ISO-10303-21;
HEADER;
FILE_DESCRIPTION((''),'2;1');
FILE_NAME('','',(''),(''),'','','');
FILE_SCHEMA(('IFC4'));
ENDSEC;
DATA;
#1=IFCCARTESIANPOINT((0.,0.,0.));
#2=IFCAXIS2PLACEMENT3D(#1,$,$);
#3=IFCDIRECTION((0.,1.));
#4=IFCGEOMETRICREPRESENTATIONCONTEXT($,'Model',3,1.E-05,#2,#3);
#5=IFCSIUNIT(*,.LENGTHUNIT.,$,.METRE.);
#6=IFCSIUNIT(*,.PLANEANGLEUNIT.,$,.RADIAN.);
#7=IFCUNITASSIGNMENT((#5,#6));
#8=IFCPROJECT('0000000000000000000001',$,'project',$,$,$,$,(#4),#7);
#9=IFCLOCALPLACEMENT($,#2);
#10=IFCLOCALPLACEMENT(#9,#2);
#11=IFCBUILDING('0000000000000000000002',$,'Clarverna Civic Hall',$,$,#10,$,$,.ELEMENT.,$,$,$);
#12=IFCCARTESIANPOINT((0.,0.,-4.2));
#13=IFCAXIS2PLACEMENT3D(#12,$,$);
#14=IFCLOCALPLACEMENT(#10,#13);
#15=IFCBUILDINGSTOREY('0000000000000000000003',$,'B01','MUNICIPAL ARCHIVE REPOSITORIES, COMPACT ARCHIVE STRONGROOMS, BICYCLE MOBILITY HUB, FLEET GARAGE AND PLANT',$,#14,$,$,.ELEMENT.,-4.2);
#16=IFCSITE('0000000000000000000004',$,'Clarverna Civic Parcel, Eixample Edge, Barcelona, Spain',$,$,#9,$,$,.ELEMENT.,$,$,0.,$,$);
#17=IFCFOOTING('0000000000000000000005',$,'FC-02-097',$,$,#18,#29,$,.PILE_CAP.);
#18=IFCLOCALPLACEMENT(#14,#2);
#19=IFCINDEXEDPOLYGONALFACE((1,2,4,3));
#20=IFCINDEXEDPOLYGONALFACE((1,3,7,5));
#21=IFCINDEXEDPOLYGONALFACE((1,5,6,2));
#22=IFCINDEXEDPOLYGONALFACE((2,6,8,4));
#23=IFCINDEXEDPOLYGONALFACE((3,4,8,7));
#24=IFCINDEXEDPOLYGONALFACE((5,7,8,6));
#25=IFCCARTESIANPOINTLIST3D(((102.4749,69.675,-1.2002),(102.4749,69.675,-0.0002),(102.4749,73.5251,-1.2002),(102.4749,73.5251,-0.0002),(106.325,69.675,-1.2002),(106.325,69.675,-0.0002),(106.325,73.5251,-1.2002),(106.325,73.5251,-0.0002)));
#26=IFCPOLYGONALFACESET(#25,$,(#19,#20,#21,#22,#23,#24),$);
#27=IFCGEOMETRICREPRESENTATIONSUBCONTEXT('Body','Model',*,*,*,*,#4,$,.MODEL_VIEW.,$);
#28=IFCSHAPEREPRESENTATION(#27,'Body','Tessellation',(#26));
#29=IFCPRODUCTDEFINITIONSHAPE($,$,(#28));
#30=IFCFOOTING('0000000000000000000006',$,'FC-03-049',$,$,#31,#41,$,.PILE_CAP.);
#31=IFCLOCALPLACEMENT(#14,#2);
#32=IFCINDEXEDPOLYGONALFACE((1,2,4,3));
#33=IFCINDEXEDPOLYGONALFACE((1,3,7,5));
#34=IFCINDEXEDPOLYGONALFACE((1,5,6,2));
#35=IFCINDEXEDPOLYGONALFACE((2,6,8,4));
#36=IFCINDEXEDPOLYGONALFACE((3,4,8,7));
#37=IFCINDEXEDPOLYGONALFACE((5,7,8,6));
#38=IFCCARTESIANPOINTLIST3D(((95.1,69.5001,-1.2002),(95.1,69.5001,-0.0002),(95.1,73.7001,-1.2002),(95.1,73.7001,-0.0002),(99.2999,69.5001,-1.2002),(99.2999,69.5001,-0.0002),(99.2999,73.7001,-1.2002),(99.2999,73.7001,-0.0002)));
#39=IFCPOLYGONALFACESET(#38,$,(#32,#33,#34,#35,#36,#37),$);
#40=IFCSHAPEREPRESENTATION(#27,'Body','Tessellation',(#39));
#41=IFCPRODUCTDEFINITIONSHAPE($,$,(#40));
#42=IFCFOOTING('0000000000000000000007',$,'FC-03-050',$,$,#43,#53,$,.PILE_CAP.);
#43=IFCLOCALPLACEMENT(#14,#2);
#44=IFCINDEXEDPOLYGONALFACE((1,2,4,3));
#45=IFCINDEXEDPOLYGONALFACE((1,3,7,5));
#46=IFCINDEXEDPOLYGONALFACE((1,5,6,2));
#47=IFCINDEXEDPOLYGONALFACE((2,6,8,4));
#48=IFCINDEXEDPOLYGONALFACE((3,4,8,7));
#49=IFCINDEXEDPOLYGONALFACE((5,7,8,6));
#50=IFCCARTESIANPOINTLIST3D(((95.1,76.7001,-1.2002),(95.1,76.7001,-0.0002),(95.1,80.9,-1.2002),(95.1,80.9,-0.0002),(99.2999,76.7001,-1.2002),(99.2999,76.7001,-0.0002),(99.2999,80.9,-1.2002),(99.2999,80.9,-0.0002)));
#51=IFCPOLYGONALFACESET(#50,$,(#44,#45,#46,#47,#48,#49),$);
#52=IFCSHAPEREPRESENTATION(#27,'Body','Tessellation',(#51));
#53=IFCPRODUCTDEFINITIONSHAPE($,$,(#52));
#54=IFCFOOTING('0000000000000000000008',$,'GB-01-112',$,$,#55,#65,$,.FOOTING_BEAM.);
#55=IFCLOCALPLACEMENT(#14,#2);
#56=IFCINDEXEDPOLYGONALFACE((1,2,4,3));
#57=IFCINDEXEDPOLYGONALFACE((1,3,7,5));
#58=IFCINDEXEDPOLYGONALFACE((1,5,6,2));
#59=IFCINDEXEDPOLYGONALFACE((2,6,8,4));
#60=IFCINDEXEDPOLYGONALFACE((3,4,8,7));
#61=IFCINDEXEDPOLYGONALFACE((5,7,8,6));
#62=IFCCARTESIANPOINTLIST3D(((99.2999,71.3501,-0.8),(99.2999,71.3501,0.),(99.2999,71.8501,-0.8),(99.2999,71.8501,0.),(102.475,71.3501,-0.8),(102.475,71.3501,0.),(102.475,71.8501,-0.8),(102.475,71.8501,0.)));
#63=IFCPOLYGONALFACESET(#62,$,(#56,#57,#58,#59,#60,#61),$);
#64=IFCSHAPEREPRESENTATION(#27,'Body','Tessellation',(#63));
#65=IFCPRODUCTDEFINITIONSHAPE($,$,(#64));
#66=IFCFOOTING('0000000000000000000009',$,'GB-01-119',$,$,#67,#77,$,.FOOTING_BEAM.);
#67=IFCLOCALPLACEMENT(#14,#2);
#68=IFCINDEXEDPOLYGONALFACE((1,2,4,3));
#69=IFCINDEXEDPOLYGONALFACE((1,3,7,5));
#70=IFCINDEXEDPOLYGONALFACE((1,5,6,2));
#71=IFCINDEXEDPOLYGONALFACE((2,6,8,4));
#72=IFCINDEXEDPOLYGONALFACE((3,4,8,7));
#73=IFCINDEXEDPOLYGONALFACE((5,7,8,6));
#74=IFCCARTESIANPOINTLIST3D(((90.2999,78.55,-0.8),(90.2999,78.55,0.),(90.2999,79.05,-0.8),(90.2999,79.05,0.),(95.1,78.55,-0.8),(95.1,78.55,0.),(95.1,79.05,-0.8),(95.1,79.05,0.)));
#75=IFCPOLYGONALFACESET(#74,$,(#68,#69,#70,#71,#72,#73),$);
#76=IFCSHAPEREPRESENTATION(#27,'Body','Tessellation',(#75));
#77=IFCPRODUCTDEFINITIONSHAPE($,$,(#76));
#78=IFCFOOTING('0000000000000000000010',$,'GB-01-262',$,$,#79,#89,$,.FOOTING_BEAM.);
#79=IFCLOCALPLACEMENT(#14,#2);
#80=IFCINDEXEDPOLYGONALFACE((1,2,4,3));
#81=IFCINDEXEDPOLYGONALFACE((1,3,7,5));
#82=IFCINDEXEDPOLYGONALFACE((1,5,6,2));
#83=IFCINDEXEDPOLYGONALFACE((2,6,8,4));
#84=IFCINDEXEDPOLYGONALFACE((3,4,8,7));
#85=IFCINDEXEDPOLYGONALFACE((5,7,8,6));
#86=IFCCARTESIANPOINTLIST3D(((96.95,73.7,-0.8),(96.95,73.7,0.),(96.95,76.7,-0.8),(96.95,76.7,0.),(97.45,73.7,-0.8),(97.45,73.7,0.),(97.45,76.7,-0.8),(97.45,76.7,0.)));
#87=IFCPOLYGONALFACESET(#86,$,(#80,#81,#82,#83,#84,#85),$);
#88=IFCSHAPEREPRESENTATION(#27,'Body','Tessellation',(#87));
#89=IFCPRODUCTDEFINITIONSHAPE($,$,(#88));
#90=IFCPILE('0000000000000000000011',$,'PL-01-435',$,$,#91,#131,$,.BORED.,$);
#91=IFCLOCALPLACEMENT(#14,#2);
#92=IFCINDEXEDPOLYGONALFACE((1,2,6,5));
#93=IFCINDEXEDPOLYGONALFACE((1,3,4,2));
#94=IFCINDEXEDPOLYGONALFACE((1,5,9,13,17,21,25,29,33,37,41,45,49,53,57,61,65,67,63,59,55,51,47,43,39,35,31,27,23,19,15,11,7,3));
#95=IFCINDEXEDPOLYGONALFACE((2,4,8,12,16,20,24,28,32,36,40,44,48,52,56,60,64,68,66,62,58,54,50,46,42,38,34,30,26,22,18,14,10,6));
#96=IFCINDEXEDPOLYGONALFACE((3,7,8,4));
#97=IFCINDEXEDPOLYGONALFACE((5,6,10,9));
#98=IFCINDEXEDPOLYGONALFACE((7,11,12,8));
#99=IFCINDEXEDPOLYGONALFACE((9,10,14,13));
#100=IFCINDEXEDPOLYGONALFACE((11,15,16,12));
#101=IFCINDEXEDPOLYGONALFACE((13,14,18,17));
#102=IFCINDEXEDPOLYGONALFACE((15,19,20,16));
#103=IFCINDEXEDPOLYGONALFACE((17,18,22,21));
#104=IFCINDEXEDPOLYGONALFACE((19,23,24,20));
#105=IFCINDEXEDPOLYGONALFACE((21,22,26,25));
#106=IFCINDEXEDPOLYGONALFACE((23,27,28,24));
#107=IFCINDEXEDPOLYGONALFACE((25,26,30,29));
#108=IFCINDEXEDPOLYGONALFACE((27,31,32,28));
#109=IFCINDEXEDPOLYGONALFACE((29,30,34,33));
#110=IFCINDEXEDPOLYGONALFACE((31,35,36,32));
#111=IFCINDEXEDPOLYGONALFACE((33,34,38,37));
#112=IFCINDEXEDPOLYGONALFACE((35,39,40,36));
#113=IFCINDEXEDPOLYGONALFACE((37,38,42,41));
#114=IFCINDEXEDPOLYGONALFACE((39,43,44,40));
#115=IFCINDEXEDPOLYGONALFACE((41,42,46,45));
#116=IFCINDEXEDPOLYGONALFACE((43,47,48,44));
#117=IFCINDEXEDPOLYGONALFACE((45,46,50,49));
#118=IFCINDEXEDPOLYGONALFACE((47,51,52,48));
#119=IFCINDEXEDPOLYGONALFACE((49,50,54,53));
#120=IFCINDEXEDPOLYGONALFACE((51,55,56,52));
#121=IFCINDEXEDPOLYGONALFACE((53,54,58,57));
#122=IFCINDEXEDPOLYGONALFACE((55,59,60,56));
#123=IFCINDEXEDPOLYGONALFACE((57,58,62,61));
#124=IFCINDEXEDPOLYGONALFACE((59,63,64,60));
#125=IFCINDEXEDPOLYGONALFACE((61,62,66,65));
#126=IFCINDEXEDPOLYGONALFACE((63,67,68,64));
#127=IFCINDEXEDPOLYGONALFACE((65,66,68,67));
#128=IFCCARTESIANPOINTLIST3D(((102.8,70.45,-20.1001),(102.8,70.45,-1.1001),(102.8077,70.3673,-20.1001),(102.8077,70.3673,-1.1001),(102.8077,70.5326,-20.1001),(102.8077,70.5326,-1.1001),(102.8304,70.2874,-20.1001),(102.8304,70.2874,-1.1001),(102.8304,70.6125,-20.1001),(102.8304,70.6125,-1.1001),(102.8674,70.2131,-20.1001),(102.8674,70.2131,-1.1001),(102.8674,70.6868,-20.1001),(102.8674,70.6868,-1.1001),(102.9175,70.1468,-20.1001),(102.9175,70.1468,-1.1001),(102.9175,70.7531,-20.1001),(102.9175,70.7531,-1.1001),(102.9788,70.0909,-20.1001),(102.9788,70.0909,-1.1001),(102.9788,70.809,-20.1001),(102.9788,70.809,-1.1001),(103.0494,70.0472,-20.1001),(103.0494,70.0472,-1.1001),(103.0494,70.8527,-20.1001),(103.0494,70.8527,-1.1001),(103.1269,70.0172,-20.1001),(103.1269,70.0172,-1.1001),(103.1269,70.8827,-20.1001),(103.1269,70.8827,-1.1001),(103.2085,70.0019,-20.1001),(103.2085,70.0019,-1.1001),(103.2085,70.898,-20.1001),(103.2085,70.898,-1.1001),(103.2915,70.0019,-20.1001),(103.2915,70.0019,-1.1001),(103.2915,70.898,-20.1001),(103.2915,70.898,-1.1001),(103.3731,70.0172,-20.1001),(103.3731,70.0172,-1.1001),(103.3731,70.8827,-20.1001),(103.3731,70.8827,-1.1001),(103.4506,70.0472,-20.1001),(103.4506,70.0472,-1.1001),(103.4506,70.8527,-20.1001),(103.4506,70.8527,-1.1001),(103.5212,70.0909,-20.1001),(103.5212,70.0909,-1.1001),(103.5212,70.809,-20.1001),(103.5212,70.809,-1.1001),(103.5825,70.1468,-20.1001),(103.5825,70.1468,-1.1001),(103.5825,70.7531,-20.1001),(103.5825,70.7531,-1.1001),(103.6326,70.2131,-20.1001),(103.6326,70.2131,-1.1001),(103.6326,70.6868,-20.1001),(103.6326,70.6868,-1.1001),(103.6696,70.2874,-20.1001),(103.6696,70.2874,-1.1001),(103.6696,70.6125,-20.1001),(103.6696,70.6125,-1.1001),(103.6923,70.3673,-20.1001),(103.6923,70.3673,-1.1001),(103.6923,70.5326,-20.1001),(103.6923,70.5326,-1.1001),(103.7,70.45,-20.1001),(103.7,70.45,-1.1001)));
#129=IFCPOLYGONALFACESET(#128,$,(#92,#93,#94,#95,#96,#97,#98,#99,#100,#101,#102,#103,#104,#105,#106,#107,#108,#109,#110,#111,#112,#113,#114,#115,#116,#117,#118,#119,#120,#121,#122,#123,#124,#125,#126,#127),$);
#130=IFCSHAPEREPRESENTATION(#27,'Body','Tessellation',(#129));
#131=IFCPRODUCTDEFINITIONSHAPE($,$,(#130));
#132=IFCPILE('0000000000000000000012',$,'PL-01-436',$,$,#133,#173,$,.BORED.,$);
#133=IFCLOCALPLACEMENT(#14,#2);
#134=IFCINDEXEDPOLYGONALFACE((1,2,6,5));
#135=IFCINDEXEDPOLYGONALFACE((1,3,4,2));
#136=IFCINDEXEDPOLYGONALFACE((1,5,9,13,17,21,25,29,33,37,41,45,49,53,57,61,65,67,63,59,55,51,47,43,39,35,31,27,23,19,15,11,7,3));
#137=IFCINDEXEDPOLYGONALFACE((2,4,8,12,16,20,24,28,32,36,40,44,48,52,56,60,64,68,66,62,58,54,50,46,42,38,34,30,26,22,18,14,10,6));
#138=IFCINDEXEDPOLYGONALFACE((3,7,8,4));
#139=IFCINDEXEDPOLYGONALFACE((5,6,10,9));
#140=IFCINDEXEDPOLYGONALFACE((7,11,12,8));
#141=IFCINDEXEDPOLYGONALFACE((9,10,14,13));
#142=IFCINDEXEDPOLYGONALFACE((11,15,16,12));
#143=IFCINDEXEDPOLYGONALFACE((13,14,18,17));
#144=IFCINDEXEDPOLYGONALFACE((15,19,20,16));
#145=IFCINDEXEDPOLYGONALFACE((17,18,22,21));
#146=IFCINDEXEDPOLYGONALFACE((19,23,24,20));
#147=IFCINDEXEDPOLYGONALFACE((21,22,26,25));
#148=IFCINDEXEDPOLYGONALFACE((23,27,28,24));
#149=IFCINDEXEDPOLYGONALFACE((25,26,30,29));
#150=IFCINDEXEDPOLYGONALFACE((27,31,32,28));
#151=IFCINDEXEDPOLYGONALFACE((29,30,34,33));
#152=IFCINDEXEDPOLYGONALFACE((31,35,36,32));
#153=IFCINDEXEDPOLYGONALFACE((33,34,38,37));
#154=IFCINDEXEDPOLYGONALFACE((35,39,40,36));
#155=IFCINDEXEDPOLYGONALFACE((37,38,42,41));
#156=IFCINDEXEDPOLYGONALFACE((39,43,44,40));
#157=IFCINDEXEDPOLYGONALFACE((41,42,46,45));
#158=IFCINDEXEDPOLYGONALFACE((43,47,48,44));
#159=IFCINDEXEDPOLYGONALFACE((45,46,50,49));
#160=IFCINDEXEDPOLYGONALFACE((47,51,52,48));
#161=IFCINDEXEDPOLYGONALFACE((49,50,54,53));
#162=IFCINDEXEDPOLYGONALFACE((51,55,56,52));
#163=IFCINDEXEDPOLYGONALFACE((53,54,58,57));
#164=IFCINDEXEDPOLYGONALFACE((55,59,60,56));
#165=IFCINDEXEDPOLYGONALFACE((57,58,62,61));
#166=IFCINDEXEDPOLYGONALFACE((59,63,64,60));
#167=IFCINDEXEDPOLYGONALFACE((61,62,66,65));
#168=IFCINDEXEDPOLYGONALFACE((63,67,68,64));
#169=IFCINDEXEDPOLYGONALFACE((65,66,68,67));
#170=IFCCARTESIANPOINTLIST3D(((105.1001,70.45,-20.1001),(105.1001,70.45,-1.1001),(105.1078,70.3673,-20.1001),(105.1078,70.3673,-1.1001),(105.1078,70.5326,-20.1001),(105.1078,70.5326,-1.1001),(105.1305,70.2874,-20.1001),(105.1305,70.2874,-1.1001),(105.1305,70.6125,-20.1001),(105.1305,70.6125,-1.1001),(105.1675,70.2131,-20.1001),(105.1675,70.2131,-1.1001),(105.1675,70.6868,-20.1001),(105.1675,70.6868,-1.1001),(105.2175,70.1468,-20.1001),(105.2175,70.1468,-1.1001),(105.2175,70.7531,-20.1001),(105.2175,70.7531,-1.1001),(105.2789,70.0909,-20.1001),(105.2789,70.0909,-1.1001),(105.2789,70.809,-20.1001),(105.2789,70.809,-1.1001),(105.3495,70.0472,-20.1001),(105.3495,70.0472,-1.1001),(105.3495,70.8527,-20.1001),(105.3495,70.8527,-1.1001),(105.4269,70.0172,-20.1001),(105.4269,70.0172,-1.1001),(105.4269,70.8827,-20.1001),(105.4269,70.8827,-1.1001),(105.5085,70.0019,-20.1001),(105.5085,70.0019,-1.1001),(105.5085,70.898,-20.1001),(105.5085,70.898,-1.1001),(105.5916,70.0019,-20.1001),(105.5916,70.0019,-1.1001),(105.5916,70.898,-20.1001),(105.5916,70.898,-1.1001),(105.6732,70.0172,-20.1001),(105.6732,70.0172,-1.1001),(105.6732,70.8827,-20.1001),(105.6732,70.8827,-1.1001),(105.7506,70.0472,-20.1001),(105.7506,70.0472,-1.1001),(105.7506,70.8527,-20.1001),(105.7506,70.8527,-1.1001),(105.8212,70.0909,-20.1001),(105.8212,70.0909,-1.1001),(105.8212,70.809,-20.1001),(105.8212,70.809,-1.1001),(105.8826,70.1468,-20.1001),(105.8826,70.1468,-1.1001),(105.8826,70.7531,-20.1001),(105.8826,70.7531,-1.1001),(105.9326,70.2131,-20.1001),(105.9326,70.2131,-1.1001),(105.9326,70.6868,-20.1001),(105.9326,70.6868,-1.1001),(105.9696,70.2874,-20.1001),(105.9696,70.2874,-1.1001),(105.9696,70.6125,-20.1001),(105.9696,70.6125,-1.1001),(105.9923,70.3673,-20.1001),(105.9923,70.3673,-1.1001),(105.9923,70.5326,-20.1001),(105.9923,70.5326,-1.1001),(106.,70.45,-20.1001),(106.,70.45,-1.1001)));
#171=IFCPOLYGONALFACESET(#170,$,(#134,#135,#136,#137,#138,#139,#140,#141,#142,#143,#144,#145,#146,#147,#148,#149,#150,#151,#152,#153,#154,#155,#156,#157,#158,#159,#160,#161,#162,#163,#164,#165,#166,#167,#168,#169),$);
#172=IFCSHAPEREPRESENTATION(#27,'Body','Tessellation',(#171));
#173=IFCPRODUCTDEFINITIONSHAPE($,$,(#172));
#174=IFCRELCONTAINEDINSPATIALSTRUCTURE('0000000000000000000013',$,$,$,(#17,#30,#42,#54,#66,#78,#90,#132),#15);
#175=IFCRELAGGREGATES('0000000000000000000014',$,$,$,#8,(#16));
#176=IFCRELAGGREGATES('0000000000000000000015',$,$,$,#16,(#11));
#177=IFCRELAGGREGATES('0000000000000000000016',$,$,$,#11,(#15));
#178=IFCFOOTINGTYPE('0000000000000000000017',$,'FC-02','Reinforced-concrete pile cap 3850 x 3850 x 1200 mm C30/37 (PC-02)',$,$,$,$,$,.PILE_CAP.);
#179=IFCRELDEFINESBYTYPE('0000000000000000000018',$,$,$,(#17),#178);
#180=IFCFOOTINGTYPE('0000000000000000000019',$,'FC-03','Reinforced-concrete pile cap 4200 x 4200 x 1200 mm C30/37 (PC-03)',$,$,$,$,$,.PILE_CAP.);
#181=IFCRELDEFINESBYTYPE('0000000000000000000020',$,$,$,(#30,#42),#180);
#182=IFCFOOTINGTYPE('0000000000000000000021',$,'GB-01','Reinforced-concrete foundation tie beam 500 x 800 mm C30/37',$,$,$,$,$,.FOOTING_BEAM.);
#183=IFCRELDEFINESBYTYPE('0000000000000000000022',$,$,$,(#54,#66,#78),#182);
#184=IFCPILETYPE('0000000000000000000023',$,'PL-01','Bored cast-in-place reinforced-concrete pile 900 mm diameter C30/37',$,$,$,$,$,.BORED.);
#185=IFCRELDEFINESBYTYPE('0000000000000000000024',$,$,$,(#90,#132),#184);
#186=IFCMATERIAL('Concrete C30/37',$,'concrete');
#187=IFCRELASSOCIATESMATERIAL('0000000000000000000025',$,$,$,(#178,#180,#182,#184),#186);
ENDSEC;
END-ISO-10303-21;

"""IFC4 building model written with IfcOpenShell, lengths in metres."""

from ifc_helpers import new_model, si_unit, direction, frame, frame_2d, origin, origin_2d, place, context, subcontext, project, spatial, rectangle, circle, extrude, material, material_profile, profile_set, type_object, element, save


model = new_model("IFC4")

# Units and contexts
model_context = context("Model", 3, precision=1e-05, world=origin(), true_north=direction((0.0, 1.0)))
body_context = subcontext(model_context, "Body", "Model", "MODEL_VIEW")
ifc_project = project(units=[si_unit("LENGTHUNIT", "METRE"), si_unit("PLANEANGLEUNIT", "RADIAN")], contexts=[model_context])

# Site, building, storey
site_placement = place(None, origin())
site = spatial("IfcSite", under=ifc_project, at=site_placement, Name="Clarverna Civic Parcel, Eixample Edge, Barcelona, Spain", CompositionType="ELEMENT", RefElevation=0.0)
building_placement = place(site_placement, origin())
building = spatial("IfcBuilding", under=site, at=building_placement, Name="Clarverna Civic Hall", CompositionType="ELEMENT")
storey_placement = place(building_placement, frame((0.0, 0.0, -4.2)))
storey = spatial("IfcBuildingStorey", under=building, at=storey_placement, Name="B01", Description="MUNICIPAL ARCHIVE REPOSITORIES, COMPACT ARCHIVE STRONGROOMS, BICYCLE MOBILITY HUB, FLEET GARAGE AND PLANT", CompositionType="ELEMENT", Elevation=-4.2)

# Footings
ifc_material_1 = material(Name="Concrete C30/37", Category="concrete")
footing_type_1 = type_object("IfcFootingType", Name="FC-02", Description="Reinforced-concrete pile cap 3850 x 3850 x 1200 mm C30/37 (PC-02)", PredefinedType="PILE_CAP", material=ifc_material_1)
footing_1_placement = place(storey_placement, frame((104.3999, 71.6001, -1.2002), z_axis=(0.0, 0.0, 1.0), x_axis=(1.0, 0.0, 0.0)))
element("IfcFooting", 1, at=footing_1_placement, inside=storey, type_object=footing_type_1, Name="FC-02-097", PredefinedType="PILE_CAP", context=body_context, shape_type="SweptSolid", body=[
    extrude(rectangle(XDim=3.8501, YDim=3.8501, at=origin_2d()), origin(), (0.0, 0.0, 1.0), 1.2),
])
footing_type_2 = type_object("IfcFootingType", Name="FC-03", Description="Reinforced-concrete pile cap 4200 x 4200 x 1200 mm C30/37 (PC-03)", PredefinedType="PILE_CAP", material=ifc_material_1)
for number, where, z_axis, x_axis, name in (
    (2, (97.2, 71.6001, -1.2002), (0.0, 0.0, 1.0), (1.0, 0.0, 0.0), "FC-03-049"),
    (3, (97.2, 78.8, -1.2002), (0.0, 0.0, 1.0), (1.0, 0.0, 0.0), "FC-03-050"),
):
    element("IfcFooting", number, at=place(storey_placement, frame(where, z_axis=z_axis, x_axis=x_axis)), inside=storey, type_object=footing_type_2, Name=name, PredefinedType="PILE_CAP", context=body_context, shape_type="SweptSolid", body=[
        extrude(rectangle(XDim=4.2, YDim=4.2, at=origin_2d()), origin(), (0.0, 0.0, 1.0), 1.2),
    ])
footing_type_3 = type_object("IfcFootingType", Name="GB-01", Description="Reinforced-concrete foundation tie beam 500 x 800 mm C30/37", PredefinedType="FOOTING_BEAM", material=ifc_material_1)
footing_2_placement = place(storey_placement, frame((99.3, 71.6001, -0.8), z_axis=(0.0, 0.0, 1.0), x_axis=(1.0, 0.0, 0.0)))
element("IfcFooting", 4, at=footing_2_placement, inside=storey, type_object=footing_type_3, Name="GB-01-112", PredefinedType="FOOTING_BEAM", context=body_context, shape_type="SweptSolid", body=[
    extrude(rectangle(XDim=3.175, YDim=0.5, at=frame_2d((1.5874, 0.0))), origin(), (0.0, 0.0, 1.0), 0.8),
])
footing_3_placement = place(storey_placement, frame((90.3, 78.8, -0.8), z_axis=(0.0, 0.0, 1.0), x_axis=(1.0, 0.0, 0.0)))
element("IfcFooting", 5, at=footing_3_placement, inside=storey, type_object=footing_type_3, Name="GB-01-119", PredefinedType="FOOTING_BEAM", context=body_context, shape_type="SweptSolid", body=[
    extrude(rectangle(XDim=4.8, YDim=0.5, at=frame_2d((2.3999, 0.0))), origin(), (0.0, 0.0, 1.0), 0.8),
])
footing_4_placement = place(storey_placement, frame((97.2, 73.7, -0.8), z_axis=(0.0, 0.0, 1.0), x_axis=(0.0, 1.0, 0.0)))
element("IfcFooting", 6, at=footing_4_placement, inside=storey, type_object=footing_type_3, Name="GB-01-262", PredefinedType="FOOTING_BEAM", context=body_context, shape_type="SweptSolid", body=[
    extrude(rectangle(XDim=3.0, YDim=0.5, at=frame_2d((1.5, 0.0))), origin(), (0.0, 0.0, 1.0), 0.8),
])

# Piles
ifc_material_profile_1 = material_profile(ifc_material_1, circle(Radius=0.45, at=origin_2d()), Name="BORED PILE D900")
ifc_profile_set_1 = profile_set([ifc_material_profile_1], Name="Concrete C30/37")
pile_type_1 = type_object("IfcPileType", Name="PL-01", Description="Bored cast-in-place reinforced-concrete pile 900 mm diameter C30/37", PredefinedType="BORED", material=ifc_profile_set_1)
for number, where, z_axis, x_axis, name in (
    (7, (103.25, 70.45, -1.1001), (0.0, 0.0, -1.0), (1.0, 0.0, 0.0), "PL-01-435"),
    (8, (105.55, 70.45, -1.1001), (0.0, 0.0, -1.0), (1.0, 0.0, 0.0), "PL-01-436"),
):
    element("IfcPile", number, at=place(storey_placement, frame(where, z_axis=z_axis, x_axis=x_axis)), inside=storey, type_object=pile_type_1, Name=name, PredefinedType="BORED", context=body_context, shape_type="SweptSolid", body=[
        extrude(circle(Radius=0.45, at=origin_2d()), origin(), (0.0, 0.0, 1.0), 19.0),
    ])

save(model, "model.ifc")
